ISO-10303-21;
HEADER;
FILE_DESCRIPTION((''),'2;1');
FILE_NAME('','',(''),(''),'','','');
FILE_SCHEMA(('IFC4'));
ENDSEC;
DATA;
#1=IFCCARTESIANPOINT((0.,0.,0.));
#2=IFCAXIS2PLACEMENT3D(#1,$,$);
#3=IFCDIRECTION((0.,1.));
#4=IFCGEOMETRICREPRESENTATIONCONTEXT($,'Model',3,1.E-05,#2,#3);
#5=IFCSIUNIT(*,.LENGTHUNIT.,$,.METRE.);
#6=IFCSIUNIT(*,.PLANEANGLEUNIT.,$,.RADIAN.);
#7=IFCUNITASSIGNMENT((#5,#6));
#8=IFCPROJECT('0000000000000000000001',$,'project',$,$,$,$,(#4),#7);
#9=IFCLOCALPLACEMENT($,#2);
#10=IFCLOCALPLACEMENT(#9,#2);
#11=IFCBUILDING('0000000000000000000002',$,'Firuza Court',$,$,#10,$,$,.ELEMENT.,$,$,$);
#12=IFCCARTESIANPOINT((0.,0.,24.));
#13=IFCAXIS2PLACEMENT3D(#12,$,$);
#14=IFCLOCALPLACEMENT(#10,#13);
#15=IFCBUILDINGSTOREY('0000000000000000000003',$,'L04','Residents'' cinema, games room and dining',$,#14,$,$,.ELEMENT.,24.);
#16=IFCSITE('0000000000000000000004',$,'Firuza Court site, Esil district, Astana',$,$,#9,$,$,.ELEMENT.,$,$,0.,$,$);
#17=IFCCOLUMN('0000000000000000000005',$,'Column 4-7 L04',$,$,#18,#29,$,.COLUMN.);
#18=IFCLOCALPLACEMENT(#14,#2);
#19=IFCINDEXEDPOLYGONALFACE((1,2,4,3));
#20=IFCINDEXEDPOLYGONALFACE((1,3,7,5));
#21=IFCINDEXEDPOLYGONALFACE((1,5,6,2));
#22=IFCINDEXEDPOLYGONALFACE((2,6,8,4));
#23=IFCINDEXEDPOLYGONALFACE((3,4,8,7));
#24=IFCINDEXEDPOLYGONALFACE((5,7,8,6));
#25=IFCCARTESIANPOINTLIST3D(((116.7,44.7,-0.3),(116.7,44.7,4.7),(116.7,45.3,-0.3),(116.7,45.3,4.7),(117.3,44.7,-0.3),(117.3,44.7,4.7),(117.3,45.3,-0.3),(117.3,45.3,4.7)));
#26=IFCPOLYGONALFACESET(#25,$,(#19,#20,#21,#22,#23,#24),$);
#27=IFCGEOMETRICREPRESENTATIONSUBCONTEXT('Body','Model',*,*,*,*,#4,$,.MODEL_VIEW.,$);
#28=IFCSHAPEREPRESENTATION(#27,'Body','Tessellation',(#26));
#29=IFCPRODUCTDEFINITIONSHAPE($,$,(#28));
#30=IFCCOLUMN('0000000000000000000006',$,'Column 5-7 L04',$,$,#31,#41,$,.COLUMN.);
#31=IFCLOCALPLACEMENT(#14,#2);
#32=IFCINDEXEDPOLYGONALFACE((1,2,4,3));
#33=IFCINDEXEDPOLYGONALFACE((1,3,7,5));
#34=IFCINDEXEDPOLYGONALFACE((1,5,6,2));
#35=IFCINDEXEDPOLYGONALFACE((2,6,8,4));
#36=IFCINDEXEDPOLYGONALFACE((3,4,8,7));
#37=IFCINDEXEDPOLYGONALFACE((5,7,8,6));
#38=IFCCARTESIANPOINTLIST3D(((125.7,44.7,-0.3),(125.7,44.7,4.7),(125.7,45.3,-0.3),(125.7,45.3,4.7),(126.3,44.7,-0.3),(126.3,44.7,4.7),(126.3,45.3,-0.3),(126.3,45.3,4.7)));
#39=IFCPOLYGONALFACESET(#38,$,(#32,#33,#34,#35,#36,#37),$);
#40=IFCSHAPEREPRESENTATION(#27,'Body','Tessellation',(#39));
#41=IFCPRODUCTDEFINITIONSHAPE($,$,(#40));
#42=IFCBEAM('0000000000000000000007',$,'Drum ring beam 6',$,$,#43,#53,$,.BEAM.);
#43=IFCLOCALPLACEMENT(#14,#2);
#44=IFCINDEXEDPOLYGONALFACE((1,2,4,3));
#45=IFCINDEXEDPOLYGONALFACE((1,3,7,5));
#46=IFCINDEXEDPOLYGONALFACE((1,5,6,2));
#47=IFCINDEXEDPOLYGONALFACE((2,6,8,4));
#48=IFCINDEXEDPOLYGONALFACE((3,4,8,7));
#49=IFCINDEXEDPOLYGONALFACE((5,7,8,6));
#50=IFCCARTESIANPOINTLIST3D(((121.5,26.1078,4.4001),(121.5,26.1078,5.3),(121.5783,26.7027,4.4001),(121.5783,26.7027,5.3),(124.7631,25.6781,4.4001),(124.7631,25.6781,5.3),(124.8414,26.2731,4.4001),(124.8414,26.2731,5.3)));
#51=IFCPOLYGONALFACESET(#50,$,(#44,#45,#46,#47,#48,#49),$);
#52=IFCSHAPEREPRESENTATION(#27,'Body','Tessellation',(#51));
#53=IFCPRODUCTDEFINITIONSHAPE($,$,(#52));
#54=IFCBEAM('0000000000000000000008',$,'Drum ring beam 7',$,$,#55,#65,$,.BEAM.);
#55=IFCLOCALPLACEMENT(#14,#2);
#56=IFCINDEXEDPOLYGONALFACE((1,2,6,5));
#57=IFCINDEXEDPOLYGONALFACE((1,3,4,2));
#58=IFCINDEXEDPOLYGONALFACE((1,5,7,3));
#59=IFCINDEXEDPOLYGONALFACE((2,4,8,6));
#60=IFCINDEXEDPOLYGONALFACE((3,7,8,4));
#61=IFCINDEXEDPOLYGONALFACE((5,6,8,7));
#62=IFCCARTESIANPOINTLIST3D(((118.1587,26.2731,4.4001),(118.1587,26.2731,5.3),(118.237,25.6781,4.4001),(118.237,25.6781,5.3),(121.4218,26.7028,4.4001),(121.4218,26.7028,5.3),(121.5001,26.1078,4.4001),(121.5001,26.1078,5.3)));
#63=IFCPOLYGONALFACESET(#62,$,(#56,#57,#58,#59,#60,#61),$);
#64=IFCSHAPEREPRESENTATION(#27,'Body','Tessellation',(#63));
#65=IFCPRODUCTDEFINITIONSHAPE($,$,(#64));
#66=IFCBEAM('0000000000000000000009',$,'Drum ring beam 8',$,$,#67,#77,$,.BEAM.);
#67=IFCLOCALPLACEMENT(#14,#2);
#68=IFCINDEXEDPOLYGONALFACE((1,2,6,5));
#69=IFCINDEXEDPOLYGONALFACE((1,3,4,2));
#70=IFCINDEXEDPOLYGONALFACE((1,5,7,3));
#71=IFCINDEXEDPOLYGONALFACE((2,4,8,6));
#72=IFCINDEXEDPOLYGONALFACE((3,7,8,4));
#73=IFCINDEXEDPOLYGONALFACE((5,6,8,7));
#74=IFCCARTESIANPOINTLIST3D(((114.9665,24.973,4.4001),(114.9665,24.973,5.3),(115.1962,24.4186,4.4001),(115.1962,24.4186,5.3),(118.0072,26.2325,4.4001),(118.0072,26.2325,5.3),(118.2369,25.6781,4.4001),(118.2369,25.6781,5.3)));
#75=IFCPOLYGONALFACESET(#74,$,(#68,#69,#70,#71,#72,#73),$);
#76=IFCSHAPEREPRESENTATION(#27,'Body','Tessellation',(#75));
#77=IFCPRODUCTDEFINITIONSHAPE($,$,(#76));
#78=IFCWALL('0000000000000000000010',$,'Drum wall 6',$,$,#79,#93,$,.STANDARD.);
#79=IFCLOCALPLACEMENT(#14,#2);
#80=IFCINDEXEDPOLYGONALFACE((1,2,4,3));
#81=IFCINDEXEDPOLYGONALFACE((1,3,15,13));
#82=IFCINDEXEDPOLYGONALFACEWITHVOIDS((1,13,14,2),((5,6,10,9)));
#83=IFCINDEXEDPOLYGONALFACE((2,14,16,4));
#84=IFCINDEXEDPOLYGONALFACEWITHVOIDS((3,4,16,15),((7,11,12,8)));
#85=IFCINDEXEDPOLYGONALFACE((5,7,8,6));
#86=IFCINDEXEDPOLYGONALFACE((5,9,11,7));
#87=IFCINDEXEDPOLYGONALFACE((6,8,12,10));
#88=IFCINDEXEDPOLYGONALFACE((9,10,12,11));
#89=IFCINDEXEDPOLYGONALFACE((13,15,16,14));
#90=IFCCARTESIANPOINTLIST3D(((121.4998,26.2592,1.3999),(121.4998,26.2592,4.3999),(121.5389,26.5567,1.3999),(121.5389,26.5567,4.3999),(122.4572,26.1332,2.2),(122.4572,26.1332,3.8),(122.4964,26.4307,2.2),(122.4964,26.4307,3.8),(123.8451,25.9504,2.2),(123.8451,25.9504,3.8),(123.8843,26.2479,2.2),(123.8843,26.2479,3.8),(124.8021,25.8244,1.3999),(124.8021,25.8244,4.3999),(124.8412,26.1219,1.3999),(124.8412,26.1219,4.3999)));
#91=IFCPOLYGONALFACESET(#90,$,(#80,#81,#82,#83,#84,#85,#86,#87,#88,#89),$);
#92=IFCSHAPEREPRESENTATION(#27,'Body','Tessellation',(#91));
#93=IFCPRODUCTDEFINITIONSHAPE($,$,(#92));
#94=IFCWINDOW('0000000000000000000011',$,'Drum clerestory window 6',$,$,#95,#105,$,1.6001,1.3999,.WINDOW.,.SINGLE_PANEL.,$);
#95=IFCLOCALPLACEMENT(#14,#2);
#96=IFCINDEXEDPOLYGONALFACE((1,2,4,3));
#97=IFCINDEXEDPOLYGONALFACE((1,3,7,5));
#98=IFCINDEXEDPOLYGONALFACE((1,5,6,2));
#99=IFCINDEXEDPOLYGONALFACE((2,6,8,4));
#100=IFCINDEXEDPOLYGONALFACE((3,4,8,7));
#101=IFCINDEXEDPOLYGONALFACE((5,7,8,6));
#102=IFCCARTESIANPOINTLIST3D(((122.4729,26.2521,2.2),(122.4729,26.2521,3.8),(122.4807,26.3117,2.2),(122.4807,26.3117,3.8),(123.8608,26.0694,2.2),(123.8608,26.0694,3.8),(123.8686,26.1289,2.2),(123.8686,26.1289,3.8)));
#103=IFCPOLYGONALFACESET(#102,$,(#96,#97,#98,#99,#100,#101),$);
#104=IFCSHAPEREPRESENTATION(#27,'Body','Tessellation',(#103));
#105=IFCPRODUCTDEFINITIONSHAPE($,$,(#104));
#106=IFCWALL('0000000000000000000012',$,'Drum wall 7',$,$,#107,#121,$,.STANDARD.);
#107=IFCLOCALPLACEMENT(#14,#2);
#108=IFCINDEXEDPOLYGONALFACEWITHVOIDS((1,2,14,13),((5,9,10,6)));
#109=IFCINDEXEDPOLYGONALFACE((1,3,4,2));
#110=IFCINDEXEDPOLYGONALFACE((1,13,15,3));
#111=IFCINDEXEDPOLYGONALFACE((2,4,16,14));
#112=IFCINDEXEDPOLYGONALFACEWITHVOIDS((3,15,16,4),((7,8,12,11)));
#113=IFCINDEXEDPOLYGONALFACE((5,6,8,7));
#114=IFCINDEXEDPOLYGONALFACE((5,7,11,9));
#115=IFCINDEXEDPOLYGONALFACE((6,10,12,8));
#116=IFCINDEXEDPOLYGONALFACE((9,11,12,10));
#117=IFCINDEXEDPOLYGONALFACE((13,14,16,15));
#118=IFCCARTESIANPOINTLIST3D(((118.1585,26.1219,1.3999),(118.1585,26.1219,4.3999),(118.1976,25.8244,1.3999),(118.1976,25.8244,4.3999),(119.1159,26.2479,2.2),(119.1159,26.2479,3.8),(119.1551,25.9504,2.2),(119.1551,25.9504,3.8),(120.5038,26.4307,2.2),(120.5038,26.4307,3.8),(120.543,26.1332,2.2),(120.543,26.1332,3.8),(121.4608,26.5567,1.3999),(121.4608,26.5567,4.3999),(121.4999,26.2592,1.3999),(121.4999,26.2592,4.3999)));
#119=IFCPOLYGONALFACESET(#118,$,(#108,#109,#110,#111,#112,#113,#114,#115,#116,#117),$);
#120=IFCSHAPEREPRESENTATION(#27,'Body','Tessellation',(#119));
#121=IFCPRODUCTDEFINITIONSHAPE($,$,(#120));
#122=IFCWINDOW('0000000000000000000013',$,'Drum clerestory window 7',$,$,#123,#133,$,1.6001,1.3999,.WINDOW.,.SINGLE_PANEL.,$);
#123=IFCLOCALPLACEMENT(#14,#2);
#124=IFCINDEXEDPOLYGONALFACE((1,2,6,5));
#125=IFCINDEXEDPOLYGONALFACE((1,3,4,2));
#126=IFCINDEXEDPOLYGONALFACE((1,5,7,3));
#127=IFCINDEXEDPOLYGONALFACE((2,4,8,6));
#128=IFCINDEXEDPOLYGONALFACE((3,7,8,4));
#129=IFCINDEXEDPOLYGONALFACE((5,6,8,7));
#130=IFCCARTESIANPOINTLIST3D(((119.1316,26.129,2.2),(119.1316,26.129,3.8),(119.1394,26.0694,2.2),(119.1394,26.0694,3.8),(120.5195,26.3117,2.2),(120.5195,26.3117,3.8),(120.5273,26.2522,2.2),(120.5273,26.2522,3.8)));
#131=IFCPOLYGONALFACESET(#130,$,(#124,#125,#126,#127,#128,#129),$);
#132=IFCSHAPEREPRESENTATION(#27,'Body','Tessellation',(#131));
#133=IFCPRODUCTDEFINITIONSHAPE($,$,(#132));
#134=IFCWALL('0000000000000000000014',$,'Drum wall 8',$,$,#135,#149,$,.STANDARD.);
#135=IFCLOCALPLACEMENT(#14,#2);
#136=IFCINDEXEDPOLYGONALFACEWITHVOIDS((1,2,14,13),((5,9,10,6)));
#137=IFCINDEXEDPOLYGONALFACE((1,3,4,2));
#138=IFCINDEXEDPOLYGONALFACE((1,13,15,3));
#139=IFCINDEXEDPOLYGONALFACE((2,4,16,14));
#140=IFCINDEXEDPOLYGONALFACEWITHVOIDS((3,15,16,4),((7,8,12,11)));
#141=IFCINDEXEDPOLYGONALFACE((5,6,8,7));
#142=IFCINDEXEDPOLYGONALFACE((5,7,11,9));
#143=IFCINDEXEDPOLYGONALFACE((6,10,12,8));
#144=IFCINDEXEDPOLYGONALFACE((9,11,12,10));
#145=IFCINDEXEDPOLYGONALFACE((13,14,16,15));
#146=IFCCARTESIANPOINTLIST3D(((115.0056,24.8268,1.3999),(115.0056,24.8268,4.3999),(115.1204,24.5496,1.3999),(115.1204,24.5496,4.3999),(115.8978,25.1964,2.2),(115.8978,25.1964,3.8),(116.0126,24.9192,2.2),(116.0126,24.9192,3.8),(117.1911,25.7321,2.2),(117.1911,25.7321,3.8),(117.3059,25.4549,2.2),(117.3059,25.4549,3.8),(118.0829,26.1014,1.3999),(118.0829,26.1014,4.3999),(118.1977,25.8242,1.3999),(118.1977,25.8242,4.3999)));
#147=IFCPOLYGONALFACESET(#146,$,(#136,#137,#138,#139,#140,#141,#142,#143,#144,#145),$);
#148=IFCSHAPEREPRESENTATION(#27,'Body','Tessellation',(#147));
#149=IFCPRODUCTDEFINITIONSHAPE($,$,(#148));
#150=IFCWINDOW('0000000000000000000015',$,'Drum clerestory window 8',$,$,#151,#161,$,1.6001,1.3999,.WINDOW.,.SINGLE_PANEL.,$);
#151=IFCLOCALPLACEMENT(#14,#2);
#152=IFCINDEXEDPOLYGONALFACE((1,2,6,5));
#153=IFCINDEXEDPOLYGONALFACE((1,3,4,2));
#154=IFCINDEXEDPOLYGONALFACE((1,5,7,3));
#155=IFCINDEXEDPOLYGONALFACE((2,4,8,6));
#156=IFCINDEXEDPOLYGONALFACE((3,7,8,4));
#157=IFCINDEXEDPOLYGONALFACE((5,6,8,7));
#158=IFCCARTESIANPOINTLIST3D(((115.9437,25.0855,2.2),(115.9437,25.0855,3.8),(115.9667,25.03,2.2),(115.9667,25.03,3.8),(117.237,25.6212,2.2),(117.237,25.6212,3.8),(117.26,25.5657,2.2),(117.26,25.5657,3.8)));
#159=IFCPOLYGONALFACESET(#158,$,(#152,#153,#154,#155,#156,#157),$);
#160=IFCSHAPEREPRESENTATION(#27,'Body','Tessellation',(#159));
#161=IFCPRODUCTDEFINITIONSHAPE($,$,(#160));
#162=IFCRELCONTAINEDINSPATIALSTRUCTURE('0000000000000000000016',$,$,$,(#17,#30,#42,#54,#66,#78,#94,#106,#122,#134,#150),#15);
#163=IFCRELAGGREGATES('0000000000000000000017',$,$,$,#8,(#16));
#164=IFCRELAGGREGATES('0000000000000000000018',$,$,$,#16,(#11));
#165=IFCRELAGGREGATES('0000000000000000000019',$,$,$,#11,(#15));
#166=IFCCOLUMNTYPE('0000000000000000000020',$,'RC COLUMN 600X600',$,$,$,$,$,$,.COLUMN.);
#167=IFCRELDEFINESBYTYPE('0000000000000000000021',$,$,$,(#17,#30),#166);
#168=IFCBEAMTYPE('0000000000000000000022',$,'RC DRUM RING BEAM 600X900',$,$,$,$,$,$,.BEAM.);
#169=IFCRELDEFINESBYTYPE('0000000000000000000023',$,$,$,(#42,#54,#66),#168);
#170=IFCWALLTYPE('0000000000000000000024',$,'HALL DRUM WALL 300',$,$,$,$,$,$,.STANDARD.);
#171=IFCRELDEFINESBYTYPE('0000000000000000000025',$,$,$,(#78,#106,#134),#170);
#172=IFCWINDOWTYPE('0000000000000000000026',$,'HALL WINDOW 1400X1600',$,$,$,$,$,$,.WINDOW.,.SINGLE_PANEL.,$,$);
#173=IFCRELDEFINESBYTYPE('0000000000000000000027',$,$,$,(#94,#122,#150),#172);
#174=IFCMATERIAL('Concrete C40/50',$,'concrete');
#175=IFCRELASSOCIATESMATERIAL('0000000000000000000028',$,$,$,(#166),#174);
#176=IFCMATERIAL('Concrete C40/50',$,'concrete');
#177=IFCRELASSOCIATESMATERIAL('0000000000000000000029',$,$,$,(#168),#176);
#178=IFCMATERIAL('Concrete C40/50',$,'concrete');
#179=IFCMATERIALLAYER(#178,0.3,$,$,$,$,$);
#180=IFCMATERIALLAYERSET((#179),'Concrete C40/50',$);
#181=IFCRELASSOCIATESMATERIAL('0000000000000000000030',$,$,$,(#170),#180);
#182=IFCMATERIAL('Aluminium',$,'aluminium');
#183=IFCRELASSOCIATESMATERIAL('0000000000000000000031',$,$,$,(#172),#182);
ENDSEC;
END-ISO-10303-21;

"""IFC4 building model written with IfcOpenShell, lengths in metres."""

from ifc_helpers import new_model, si_unit, direction, frame, frame_2d, origin, origin_2d, place, context, subcontext, project, spatial, rectangle, extrude, material, layer, layer_set, material_profile, profile_set, type_object, element, fill, save


model = new_model("IFC4")

# Units and contexts
model_context = context("Model", 3, precision=1e-05, world=origin(), true_north=direction((0.0, 1.0)))
body_context = subcontext(model_context, "Body", "Model", "MODEL_VIEW")
ifc_project = project(units=[si_unit("LENGTHUNIT", "METRE"), si_unit("PLANEANGLEUNIT", "RADIAN")], contexts=[model_context])

# Site, building, storey
site_placement = place(None, origin())
site = spatial("IfcSite", under=ifc_project, at=site_placement, Name="Firuza Court site, Esil district, Astana", CompositionType="ELEMENT", RefElevation=0.0)
building_placement = place(site_placement, origin())
building = spatial("IfcBuilding", under=site, at=building_placement, Name="Firuza Court", CompositionType="ELEMENT")
storey_placement = place(building_placement, frame((0.0, 0.0, 24.0)))
storey = spatial("IfcBuildingStorey", under=building, at=storey_placement, Name="L04", Description="Residents' cinema, games room and dining", CompositionType="ELEMENT", Elevation=24.0)

# Columns
ifc_material_1 = material(Name="Concrete C40/50", Category="concrete")
ifc_material_profile_1 = material_profile(ifc_material_1, rectangle(XDim=0.6001, YDim=0.6001, at=origin_2d()), Name="RC 600X600")
ifc_profile_set_1 = profile_set([ifc_material_profile_1], Name="Concrete C40/50")
column_type = type_object("IfcColumnType", Name="RC COLUMN 600X600", PredefinedType="COLUMN", material=ifc_profile_set_1)
for number, where, z_axis, x_axis, name in (
    (1, (117.0, 45.0, -0.3), (0.0, 0.0, 1.0), (1.0, 0.0, 0.0), "Column 4-7 L04"),
    (2, (126.0, 45.0, -0.3), (0.0, 0.0, 1.0), (1.0, 0.0, 0.0), "Column 5-7 L04"),
):
    element("IfcColumn", number, at=place(storey_placement, frame(where, z_axis=z_axis, x_axis=x_axis)), inside=storey, type_object=column_type, Name=name, PredefinedType="COLUMN", context=body_context, shape_type="SweptSolid", body=[
        extrude(rectangle(XDim=0.6001, YDim=0.6001, at=origin_2d()), origin(), (0.0, 0.0, 1.0), 5.0),
    ])

# Beams
ifc_material_2 = material(Name="Concrete C40/50", Category="concrete")
ifc_material_profile_2 = material_profile(ifc_material_2, rectangle(XDim=0.6001, YDim=0.8999, at=origin_2d()), Name="RC 600X900 RING")
ifc_profile_set_2 = profile_set([ifc_material_profile_2], Name="Concrete C40/50")
beam_type = type_object("IfcBeamType", Name="RC DRUM RING BEAM 600X900", PredefinedType="BEAM", material=ifc_profile_set_2)
for number, where, z_axis, x_axis, name in (
    (3, (124.8022, 25.9756, 4.8501), (-0.991442, 0.13055, 0.0), (-0.13055, -0.991442, 0.0), "Drum ring beam 6"),
    (4, (121.4609, 26.4053, 4.8501), (-0.991442, -0.13055, 0.0), (0.13055, -0.991442, 0.0), "Drum ring beam 7"),
    (5, (118.1221, 25.9553, 4.8501), (-0.92388, -0.382682, 0.0), (0.382682, -0.92388, 0.0), "Drum ring beam 8"),
):
    element("IfcBeam", number, at=place(storey_placement, frame(where, z_axis=z_axis, x_axis=x_axis)), inside=storey, type_object=beam_type, Name=name, PredefinedType="BEAM", context=body_context, shape_type="SweptSolid", body=[
        extrude(rectangle(XDim=0.6001, YDim=0.8999, at=origin_2d()), origin(), (0.0, 0.0, 1.0), 3.2913),
    ])

# Walls, openings, windows
ifc_material_3 = material(Name="Concrete C40/50", Category="concrete")
ifc_layer_1 = layer(ifc_material_3, 0.3)
ifc_layer_set_1 = layer_set([ifc_layer_1], Name="Concrete C40/50")
wall_type_1 = type_object("IfcWallType", Name="HALL DRUM WALL 300", PredefinedType="STANDARD", material=ifc_layer_set_1)
wall_1_placement = place(storey_placement, frame((124.8218, 25.9731, 1.3999), z_axis=(0.0, 0.0, 1.0), x_axis=(-0.991442, 0.130546, 0.0)))
wall_1 = element("IfcWall", 6, at=wall_1_placement, inside=storey, type_object=wall_type_1, Name="Drum wall 6", PredefinedType="STANDARD", context=body_context, shape_type="SweptSolid", body=[
    extrude(rectangle(XDim=3.3308, YDim=0.3, at=frame_2d((1.6655, 0.0))), origin(), (0.0, 0.0, 1.0), 3.0),
])
opening_1_placement = place(wall_1_placement, frame((0.9653, 0.0, 0.8)))
opening_1 = element("IfcOpeningElement", 7, at=opening_1_placement, cuts=wall_1, PredefinedType="OPENING", context=body_context, shape_type="SweptSolid", body=[
    extrude(rectangle(XDim=1.3999, YDim=1.6001, at=frame_2d((0.7, 0.8))), frame((0.0, 0.1621, 0.0), z_axis=(0.0, -1.0, 0.0), x_axis=(1.0, 0.0, 0.0)), (0.0, 0.0, 1.0), 0.324),
])
ifc_material_4 = material(Name="Aluminium", Category="aluminium")
window_type = type_object("IfcWindowType", Name="HALL WINDOW 1400X1600", PartitioningType="SINGLE_PANEL", PredefinedType="WINDOW", material=ifc_material_4)
window_1_placement = place(opening_1_placement, origin())
window_1 = element("IfcWindow", 8, at=window_1_placement, inside=storey, type_object=window_type, Name="Drum clerestory window 6", OverallHeight=1.6001, OverallWidth=1.3999, PartitioningType="SINGLE_PANEL", PredefinedType="WINDOW", context=body_context, shape_type="SweptSolid", body=[
    extrude(rectangle(XDim=1.3999, YDim=1.6001, at=frame_2d((0.7, 0.8))), frame((0.0, 0.03, 0.0), z_axis=(0.0, -1.0, 0.0), x_axis=(1.0, 0.0, 0.0)), (0.0, 0.0, 1.0), 0.0601),
])
fill(opening_1, window_1)
wall_2_placement = place(storey_placement, frame((121.4805, 26.408, 1.3999), z_axis=(0.0, 0.0, 1.0), x_axis=(-0.991442, -0.130546, 0.0)))
wall_2 = element("IfcWall", 9, at=wall_2_placement, inside=storey, type_object=wall_type_1, Name="Drum wall 7", PredefinedType="STANDARD", context=body_context, shape_type="SweptSolid", body=[
    extrude(rectangle(XDim=3.3308, YDim=0.3, at=frame_2d((1.6655, 0.0))), origin(), (0.0, 0.0, 1.0), 3.0),
])
opening_2_placement = place(wall_2_placement, frame((0.9653, 0.0, 0.8)))
opening_2 = element("IfcOpeningElement", 10, at=opening_2_placement, cuts=wall_2, PredefinedType="OPENING", context=body_context, shape_type="SweptSolid", body=[
    extrude(rectangle(XDim=1.3999, YDim=1.6001, at=frame_2d((0.7, 0.8))), frame((0.0, 0.1621, 0.0), z_axis=(0.0, -1.0, 0.0), x_axis=(1.0, 0.0, 0.0)), (0.0, 0.0, 1.0), 0.324),
])
window_2_placement = place(opening_2_placement, origin())
window_2 = element("IfcWindow", 11, at=window_2_placement, inside=storey, type_object=window_type, Name="Drum clerestory window 7", OverallHeight=1.6001, OverallWidth=1.3999, PartitioningType="SINGLE_PANEL", PredefinedType="WINDOW", context=body_context, shape_type="SweptSolid", body=[
    extrude(rectangle(XDim=1.3999, YDim=1.6001, at=frame_2d((0.7, 0.8))), frame((0.0, 0.03, 0.0), z_axis=(0.0, -1.0, 0.0), x_axis=(1.0, 0.0, 0.0)), (0.0, 0.0, 1.0), 0.0601),
])
fill(opening_2, window_2)
wall_3_placement = place(storey_placement, frame((118.1404, 25.9629, 1.3999), z_axis=(0.0, 0.0, 1.0), x_axis=(-0.923884, -0.382673, 0.0)))
wall_3 = element("IfcWall", 12, at=wall_3_placement, inside=storey, type_object=wall_type_1, Name="Drum wall 8", PredefinedType="STANDARD", context=body_context, shape_type="SweptSolid", body=[
    extrude(rectangle(XDim=3.3308, YDim=0.3, at=frame_2d((1.6655, 0.0))), origin(), (0.0, 0.0, 1.0), 3.0),
])
opening_3_placement = place(wall_3_placement, frame((0.9653, 0.0, 0.8)))
opening_3 = element("IfcOpeningElement", 13, at=opening_3_placement, cuts=wall_3, PredefinedType="OPENING", context=body_context, shape_type="SweptSolid", body=[
    extrude(rectangle(XDim=1.3999, YDim=1.6001, at=frame_2d((0.7, 0.8))), frame((0.0, 0.1621, 0.0), z_axis=(0.0, -1.0, 0.0), x_axis=(1.0, 0.0, 0.0)), (0.0, 0.0, 1.0), 0.324),
])
window_3_placement = place(opening_3_placement, origin())
window_3 = element("IfcWindow", 14, at=window_3_placement, inside=storey, type_object=window_type, Name="Drum clerestory window 8", OverallHeight=1.6001, OverallWidth=1.3999, PartitioningType="SINGLE_PANEL", PredefinedType="WINDOW", context=body_context, shape_type="SweptSolid", body=[
    extrude(rectangle(XDim=1.3999, YDim=1.6001, at=frame_2d((0.7, 0.8))), frame((0.0, 0.03, 0.0), z_axis=(0.0, -1.0, 0.0), x_axis=(1.0, 0.0, 0.0)), (0.0, 0.0, 1.0), 0.0601),
])
fill(opening_3, window_3)

save(model, "model.ifc")
